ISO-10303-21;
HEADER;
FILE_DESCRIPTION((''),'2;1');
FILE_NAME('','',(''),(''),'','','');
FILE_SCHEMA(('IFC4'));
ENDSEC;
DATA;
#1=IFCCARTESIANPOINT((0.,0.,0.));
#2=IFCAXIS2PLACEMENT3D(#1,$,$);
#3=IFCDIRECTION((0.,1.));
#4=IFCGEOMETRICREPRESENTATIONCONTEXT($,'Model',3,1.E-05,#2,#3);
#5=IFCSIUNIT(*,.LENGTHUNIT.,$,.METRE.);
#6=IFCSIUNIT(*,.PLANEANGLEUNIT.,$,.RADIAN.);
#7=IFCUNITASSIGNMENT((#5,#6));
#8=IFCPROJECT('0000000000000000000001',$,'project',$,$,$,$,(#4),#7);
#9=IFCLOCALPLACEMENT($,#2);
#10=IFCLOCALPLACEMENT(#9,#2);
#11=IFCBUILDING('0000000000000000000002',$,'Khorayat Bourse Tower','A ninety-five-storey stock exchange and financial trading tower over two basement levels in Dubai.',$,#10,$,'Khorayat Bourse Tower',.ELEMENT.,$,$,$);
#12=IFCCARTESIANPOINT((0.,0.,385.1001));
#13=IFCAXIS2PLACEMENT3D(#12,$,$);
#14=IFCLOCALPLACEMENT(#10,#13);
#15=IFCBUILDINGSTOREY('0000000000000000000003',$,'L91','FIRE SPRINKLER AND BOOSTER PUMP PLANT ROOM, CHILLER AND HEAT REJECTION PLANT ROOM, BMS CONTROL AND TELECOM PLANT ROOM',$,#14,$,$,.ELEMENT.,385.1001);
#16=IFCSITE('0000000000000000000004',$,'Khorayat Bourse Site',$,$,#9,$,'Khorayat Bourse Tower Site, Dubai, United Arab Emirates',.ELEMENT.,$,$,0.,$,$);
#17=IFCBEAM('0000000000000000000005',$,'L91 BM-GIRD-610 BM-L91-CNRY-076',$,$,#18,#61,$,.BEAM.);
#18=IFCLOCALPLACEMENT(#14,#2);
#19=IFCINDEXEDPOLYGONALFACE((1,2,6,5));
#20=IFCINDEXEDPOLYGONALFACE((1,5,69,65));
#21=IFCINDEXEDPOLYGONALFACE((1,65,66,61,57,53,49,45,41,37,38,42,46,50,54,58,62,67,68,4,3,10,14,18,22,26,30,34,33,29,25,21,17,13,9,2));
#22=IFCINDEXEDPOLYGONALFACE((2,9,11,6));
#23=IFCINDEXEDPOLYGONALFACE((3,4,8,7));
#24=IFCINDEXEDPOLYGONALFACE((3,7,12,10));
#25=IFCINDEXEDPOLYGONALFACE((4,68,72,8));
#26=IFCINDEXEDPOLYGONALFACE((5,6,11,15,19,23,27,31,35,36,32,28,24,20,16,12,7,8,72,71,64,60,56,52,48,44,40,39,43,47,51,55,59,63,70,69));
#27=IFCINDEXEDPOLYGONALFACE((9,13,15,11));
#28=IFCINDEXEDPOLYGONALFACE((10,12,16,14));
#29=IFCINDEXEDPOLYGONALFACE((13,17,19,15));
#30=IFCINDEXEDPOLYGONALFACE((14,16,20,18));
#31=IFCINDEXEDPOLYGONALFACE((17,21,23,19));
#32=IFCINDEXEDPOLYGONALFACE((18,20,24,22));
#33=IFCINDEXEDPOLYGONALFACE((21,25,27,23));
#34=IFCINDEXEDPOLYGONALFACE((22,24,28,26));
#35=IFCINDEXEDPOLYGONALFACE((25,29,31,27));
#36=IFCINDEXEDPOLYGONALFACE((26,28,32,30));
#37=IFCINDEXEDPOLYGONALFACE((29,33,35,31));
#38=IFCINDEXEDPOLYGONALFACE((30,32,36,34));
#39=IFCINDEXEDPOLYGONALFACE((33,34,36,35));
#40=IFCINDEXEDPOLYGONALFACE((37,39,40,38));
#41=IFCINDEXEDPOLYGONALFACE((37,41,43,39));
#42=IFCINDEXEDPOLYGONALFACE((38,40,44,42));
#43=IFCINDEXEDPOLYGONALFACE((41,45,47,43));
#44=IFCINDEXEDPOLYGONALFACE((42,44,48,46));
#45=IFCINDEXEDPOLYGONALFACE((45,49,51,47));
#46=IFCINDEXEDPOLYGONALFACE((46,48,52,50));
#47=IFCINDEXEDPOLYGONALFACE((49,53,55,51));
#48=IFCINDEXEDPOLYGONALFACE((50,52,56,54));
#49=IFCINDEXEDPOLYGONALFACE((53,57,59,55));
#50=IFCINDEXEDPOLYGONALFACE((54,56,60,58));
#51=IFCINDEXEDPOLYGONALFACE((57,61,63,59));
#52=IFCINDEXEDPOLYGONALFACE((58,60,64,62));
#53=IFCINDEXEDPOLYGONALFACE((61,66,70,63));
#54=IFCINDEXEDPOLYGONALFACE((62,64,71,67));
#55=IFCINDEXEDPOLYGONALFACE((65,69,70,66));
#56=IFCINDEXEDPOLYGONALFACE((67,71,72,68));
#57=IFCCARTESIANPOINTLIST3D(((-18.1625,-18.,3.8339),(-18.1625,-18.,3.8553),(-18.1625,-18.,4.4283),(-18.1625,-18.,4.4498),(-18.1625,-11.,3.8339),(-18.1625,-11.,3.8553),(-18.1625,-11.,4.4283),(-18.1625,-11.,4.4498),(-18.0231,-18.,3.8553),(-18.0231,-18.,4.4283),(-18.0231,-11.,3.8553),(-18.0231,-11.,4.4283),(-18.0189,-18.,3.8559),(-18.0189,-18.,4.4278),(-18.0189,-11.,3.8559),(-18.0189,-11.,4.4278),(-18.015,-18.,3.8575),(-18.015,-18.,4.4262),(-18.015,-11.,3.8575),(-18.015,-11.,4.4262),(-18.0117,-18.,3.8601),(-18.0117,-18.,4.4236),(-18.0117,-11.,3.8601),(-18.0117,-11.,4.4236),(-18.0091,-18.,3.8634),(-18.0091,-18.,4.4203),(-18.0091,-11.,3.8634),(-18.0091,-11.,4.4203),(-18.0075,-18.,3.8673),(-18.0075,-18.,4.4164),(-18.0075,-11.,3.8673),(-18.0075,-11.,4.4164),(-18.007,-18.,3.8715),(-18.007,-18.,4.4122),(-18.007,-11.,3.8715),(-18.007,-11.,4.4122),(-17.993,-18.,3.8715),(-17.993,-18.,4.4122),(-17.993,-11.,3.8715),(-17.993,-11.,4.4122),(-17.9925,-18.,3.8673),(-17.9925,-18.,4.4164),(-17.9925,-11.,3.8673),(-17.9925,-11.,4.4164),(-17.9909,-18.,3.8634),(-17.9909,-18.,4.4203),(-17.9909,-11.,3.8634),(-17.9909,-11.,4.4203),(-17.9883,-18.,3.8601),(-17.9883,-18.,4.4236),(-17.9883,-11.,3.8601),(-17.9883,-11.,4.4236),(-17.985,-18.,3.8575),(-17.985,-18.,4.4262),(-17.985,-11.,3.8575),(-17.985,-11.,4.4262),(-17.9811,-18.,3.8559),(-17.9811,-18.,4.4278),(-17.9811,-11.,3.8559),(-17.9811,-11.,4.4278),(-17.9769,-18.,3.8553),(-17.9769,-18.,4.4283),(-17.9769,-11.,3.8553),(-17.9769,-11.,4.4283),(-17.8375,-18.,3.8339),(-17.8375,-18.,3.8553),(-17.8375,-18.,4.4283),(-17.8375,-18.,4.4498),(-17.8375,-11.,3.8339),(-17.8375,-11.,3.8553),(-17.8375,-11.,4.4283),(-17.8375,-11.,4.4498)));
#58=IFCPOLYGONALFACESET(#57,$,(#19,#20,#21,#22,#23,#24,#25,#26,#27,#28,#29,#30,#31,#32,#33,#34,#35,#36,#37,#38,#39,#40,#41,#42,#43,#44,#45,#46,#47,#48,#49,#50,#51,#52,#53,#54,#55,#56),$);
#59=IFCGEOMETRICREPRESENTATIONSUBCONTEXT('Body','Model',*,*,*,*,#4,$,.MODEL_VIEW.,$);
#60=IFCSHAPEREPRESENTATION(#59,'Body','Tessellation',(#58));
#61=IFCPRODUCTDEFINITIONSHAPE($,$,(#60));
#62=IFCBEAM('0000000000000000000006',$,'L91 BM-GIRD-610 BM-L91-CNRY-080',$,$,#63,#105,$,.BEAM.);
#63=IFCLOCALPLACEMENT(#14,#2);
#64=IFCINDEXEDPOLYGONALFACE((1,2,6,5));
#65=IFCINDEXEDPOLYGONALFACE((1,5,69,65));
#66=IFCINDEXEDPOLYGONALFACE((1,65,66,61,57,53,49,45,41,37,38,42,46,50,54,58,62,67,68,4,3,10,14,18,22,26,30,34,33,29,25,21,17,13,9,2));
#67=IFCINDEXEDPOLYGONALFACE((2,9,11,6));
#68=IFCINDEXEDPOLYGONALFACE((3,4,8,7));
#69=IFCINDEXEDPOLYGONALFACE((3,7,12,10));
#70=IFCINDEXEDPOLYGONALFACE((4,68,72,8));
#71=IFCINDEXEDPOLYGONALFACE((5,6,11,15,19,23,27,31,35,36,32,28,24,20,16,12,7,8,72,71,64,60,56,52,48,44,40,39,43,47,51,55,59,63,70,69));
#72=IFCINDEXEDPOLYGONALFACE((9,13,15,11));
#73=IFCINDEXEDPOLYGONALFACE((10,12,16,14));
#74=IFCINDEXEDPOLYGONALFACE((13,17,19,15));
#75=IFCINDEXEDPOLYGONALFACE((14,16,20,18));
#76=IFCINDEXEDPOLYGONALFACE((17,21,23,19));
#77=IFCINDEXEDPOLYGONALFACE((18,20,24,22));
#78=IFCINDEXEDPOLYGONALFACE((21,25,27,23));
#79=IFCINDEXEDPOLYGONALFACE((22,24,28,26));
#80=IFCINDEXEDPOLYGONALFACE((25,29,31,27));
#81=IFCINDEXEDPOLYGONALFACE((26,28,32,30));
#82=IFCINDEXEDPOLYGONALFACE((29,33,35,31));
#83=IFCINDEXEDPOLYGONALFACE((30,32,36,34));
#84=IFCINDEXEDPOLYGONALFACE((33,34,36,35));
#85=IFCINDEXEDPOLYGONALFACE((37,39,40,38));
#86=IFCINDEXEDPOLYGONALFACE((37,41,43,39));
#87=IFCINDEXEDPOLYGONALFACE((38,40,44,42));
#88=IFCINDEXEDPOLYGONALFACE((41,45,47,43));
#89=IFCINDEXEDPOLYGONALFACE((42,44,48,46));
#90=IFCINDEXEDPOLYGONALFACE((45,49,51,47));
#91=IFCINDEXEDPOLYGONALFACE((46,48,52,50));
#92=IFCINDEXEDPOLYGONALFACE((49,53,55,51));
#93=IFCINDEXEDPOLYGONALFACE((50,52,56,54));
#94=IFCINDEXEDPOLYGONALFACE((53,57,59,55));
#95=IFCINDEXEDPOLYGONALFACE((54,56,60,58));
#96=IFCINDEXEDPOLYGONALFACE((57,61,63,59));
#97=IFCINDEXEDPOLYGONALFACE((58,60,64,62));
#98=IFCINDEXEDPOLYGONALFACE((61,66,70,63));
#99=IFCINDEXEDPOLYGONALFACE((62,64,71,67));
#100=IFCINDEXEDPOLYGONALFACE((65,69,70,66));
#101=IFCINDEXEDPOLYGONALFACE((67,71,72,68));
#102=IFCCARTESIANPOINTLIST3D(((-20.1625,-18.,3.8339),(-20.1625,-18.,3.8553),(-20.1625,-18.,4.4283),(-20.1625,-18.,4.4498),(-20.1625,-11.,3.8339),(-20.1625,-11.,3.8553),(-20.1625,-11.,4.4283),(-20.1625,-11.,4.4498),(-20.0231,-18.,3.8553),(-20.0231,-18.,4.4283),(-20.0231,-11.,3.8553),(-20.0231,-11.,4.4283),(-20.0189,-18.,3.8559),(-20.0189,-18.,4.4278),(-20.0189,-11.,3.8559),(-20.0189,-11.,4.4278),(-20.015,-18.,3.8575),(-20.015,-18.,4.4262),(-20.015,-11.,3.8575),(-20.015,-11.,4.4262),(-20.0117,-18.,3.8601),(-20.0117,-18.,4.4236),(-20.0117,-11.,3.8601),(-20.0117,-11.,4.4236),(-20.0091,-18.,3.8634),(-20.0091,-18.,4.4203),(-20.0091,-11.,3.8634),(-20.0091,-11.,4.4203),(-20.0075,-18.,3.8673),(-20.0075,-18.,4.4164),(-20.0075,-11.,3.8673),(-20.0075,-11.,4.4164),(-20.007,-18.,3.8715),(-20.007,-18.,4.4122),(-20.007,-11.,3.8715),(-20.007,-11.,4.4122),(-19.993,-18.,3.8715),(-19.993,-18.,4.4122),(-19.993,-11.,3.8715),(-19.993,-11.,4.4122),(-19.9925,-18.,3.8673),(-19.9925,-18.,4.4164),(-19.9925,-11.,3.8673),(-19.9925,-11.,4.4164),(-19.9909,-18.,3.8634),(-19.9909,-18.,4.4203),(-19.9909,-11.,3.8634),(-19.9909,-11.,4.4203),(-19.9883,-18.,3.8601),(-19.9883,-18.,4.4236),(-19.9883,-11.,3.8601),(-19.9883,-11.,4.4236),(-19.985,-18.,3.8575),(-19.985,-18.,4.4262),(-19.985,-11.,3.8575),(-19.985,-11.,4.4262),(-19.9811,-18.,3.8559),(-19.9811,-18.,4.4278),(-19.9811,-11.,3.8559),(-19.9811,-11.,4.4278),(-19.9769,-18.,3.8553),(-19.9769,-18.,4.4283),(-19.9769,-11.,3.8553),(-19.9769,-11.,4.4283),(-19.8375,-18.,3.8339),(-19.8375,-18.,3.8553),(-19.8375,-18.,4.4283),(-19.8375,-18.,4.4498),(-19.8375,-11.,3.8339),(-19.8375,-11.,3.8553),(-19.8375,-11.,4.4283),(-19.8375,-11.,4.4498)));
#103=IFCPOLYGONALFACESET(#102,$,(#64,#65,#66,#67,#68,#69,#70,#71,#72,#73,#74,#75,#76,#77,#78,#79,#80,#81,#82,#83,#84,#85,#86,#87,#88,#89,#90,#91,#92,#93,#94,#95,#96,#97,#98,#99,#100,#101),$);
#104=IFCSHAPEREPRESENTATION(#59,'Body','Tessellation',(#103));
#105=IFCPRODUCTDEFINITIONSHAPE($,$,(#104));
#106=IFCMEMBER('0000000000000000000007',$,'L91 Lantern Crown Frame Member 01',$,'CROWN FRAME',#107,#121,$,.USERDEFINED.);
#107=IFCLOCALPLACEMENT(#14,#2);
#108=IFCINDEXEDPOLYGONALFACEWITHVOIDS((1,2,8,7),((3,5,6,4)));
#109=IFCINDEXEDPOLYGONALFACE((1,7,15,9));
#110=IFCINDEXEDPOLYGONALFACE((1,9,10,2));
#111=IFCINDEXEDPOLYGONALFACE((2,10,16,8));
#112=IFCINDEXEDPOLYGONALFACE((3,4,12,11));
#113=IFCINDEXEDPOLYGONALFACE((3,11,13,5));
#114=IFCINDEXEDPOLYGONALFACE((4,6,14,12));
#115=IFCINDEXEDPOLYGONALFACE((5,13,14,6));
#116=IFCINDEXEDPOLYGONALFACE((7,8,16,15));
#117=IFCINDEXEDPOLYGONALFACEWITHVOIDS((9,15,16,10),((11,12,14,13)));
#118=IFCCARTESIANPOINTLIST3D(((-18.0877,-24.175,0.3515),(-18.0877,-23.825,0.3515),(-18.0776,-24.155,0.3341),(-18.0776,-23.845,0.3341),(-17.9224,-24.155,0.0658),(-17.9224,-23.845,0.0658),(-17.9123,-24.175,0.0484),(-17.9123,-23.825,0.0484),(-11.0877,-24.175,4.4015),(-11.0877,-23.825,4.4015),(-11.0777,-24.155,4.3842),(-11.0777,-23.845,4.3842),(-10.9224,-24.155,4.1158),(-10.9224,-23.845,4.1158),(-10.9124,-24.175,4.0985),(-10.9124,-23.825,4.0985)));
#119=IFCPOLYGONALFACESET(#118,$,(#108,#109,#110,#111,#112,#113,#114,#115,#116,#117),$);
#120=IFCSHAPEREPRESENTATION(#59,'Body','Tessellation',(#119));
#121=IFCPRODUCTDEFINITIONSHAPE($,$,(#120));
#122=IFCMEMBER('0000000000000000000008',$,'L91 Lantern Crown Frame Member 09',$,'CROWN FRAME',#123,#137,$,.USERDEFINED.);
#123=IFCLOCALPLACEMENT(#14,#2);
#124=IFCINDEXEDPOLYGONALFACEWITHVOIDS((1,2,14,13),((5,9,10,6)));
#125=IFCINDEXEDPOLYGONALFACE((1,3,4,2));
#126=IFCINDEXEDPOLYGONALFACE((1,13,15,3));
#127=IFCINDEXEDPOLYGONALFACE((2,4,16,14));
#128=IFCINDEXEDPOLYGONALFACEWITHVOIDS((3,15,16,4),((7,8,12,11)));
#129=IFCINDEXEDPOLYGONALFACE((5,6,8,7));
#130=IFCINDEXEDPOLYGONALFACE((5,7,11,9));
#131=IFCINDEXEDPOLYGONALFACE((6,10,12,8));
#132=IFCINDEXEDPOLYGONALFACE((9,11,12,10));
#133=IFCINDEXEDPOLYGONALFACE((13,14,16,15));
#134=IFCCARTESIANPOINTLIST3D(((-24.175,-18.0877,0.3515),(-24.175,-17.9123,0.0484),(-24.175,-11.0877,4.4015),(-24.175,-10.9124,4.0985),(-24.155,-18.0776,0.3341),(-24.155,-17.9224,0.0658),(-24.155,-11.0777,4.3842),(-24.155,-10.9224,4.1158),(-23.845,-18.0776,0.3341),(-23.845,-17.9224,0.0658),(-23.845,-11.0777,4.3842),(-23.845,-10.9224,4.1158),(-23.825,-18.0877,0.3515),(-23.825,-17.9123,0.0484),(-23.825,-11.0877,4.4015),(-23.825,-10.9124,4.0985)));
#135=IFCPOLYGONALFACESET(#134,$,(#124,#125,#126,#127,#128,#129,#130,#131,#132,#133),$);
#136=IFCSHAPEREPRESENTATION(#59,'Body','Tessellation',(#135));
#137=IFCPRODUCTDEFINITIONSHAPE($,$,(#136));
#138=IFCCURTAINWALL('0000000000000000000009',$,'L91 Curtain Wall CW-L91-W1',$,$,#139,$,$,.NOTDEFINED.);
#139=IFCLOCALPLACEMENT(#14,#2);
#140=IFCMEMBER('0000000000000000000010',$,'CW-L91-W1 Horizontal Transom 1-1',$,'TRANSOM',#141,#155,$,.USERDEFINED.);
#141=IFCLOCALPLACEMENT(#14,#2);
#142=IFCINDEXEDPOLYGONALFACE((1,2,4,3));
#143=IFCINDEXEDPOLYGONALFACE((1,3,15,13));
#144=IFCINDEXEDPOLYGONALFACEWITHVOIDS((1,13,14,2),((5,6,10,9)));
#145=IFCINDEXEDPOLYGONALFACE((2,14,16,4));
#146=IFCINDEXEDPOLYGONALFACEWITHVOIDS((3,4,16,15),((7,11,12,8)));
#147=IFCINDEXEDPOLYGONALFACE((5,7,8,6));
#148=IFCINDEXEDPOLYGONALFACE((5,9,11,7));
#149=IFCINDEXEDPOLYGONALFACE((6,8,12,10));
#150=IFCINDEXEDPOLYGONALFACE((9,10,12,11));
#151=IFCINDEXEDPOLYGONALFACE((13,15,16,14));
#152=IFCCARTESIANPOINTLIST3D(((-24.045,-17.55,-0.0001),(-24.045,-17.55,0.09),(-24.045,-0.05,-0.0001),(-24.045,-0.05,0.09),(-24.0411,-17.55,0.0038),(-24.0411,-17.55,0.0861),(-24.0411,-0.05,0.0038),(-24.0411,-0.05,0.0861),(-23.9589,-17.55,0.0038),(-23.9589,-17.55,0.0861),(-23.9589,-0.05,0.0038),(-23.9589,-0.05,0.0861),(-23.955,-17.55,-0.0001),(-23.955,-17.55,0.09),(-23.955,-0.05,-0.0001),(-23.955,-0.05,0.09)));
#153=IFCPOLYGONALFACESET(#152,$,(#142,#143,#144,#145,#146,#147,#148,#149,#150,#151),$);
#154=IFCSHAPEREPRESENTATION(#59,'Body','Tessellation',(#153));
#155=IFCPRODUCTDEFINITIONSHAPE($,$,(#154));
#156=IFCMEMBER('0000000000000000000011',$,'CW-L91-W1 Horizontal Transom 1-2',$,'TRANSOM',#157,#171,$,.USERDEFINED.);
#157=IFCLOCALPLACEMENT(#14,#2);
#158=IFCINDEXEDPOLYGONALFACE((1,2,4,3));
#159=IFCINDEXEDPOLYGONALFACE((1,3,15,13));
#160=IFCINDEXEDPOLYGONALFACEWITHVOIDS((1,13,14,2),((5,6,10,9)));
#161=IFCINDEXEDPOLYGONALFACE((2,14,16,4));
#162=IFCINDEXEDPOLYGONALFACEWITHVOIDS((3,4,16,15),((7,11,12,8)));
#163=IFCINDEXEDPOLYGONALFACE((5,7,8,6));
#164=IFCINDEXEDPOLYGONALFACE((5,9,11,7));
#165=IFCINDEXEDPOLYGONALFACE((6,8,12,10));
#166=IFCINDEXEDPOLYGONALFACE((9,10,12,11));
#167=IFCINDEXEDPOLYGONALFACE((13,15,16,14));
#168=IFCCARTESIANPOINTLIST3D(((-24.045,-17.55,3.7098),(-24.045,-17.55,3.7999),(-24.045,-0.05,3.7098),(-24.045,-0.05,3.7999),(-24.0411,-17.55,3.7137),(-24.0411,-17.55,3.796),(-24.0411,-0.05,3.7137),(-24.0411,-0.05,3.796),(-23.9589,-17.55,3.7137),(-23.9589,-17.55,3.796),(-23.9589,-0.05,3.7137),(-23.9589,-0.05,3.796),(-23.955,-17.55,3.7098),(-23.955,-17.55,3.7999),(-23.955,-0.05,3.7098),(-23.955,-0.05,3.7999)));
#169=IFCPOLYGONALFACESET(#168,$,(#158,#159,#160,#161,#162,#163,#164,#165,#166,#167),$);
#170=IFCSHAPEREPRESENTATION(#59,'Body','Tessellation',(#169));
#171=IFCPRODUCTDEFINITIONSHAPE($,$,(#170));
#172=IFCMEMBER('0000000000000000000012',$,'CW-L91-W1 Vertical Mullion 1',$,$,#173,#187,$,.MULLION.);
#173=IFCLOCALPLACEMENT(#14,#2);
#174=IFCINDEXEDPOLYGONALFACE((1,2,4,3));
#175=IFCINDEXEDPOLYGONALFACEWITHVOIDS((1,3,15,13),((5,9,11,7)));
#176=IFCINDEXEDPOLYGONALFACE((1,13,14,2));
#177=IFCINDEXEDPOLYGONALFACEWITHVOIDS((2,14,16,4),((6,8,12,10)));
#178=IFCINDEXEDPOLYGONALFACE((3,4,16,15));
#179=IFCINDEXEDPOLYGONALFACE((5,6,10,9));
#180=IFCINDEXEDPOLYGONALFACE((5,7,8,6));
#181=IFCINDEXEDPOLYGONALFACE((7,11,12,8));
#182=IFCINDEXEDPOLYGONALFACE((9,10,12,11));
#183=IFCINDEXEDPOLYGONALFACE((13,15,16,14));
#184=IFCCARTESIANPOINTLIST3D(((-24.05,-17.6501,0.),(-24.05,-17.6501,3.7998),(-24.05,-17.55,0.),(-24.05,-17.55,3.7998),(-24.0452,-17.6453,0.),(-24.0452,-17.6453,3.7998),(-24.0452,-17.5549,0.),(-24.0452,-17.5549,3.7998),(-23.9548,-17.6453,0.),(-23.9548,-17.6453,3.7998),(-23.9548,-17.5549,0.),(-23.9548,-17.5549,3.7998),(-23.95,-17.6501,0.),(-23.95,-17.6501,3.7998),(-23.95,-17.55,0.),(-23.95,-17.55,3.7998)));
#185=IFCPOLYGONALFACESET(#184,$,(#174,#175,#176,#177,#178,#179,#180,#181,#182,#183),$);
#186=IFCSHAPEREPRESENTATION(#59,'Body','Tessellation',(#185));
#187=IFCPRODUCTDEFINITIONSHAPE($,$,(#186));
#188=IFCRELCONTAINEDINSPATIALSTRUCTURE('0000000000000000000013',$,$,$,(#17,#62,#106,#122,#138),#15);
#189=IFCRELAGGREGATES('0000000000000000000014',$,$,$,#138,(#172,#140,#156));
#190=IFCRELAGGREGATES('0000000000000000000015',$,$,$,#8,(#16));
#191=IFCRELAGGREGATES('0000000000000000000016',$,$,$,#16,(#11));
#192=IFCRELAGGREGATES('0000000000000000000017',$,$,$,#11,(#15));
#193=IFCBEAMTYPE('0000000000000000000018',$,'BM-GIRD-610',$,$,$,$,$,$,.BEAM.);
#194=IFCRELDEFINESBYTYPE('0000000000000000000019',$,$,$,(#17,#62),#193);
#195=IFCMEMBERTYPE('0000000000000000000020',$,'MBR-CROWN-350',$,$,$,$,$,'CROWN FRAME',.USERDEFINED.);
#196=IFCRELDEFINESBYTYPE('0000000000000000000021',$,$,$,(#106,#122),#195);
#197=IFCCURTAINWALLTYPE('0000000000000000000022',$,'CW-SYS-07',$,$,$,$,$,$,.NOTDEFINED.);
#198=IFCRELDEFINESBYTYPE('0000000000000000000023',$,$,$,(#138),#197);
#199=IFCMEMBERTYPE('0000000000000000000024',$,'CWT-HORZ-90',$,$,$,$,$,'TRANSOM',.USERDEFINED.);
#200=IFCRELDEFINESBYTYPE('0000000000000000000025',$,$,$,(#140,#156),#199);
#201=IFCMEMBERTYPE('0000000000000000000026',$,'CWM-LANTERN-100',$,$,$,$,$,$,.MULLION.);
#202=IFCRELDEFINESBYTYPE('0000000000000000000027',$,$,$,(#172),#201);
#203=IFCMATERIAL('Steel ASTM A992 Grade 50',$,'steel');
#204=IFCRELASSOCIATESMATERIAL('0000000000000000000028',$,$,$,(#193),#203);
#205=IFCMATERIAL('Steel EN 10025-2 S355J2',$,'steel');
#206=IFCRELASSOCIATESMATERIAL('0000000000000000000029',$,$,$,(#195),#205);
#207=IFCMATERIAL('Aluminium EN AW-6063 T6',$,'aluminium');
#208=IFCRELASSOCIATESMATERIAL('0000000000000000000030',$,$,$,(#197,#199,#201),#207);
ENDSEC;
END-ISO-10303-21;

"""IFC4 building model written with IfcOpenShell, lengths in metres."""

from ifc_helpers import new_model, si_unit, direction, frame, origin, origin_2d, place, context, subcontext, project, spatial, hollow_rectangle, i_section, extrude, source, transform, mapped, material, material_profile, profile_set, type_object, element, aggregate, save


model = new_model("IFC4")

# Units and contexts
model_context = context("Model", 3, precision=1e-05, world=origin(), true_north=direction((0.0, 1.0)))
body_context = subcontext(model_context, "Body", "Model", "MODEL_VIEW")
ifc_project = project(units=[si_unit("LENGTHUNIT", "METRE"), si_unit("PLANEANGLEUNIT", "RADIAN")], contexts=[model_context])

# Site, building, storey
site_placement = place(None, origin())
site = spatial("IfcSite", under=ifc_project, at=site_placement, Name="Khorayat Bourse Site", LongName="Khorayat Bourse Tower Site, Dubai, United Arab Emirates", CompositionType="ELEMENT", RefElevation=0.0)
building_placement = place(site_placement, origin())
building = spatial("IfcBuilding", under=site, at=building_placement, Name="Khorayat Bourse Tower", Description="A ninety-five-storey stock exchange and financial trading tower over two basement levels in Dubai.", LongName="Khorayat Bourse Tower", CompositionType="ELEMENT")
storey_placement = place(building_placement, frame((0.0, 0.0, 385.1001)))
storey = spatial("IfcBuildingStorey", under=building, at=storey_placement, Name="L91", Description="FIRE SPRINKLER AND BOOSTER PUMP PLANT ROOM, CHILLER AND HEAT REJECTION PLANT ROOM, BMS CONTROL AND TELECOM PLANT ROOM", CompositionType="ELEMENT", Elevation=385.1001)

# Shared definitions
ifc_material_1 = material(Name="Steel EN 10025-2 S355J2", Category="steel")

# Beams
ifc_material_2 = material(Name="Steel ASTM A992 Grade 50", Category="steel")
ifc_material_profile_1 = material_profile(ifc_material_2, i_section(OverallWidth=0.325, OverallDepth=0.616, WebThickness=0.0139, FlangeThickness=0.0215, FilletRadius=0.0161, at=origin_2d()), Name="W610X174")
ifc_profile_set_1 = profile_set([ifc_material_profile_1], Name="Steel ASTM A992 Grade 50")
beam_type_1 = type_object("IfcBeamType", Name="BM-GIRD-610", PredefinedType="BEAM", material=ifc_profile_set_1)
shared_shape_1 = source(origin(), body_context, "Body", "SweptSolid", [
    extrude(i_section(OverallWidth=0.325, OverallDepth=0.616, WebThickness=0.0139, FlangeThickness=0.0215, FilletRadius=0.0161, at=origin_2d()), origin(), (0.0, 0.0, 1.0), 7.0),
])
for number, where, z_axis, x_axis, name in (
    (1, (-18.0, -18.0, 4.1418), (0.0, 1.0, 0.0), (-1.0, 0.0, 0.0), "L91 BM-GIRD-610 BM-L91-CNRY-076"),
    (2, (-20.0, -18.0, 4.1418), (0.0, 1.0, 0.0), (-1.0, 0.0, 0.0), "L91 BM-GIRD-610 BM-L91-CNRY-080"),
):
    element("IfcBeam", number, at=place(storey_placement, frame(where, z_axis=z_axis, x_axis=x_axis)), inside=storey, type_object=beam_type_1, Name=name, PredefinedType="BEAM", context=body_context, shape_type="MappedRepresentation", body=[
        mapped(shared_shape_1, transform((0.0, 0.0, 0.0), scale=1.0)),
    ])

# Members
ifc_material_profile_2 = material_profile(ifc_material_1, hollow_rectangle(XDim=0.3501, YDim=0.3501, WallThickness=0.02, at=origin_2d()), Name="HSS 350x350x20")
ifc_profile_set_2 = profile_set([ifc_material_profile_2], Name="Steel EN 10025-2 S355J2")
member_type_1 = type_object("IfcMemberType", Name="MBR-CROWN-350", ElementType="CROWN FRAME", PredefinedType="USERDEFINED", material=ifc_profile_set_2)
shared_shape_2 = source(origin(), body_context, "Body", "SweptSolid", [
    extrude(hollow_rectangle(XDim=0.3501, YDim=0.3501, WallThickness=0.02, at=origin_2d()), origin(), (0.0, 0.0, 1.0), 8.0872),
])
for number, where, z_axis, x_axis, name in (
    (3, (-18.0, -24.0, 0.2), (0.865565, 0.0, 0.500797), (0.0, 1.0, 0.0), "L91 Lantern Crown Frame Member 01"),
    (4, (-24.0, -18.0, 0.2), (0.0, 0.865565, 0.500797), (-1.0, 0.0, 0.0), "L91 Lantern Crown Frame Member 09"),
):
    element("IfcMember", number, at=place(storey_placement, frame(where, z_axis=z_axis, x_axis=x_axis)), inside=storey, type_object=member_type_1, Name=name, ObjectType="CROWN FRAME", PredefinedType="USERDEFINED", context=body_context, shape_type="MappedRepresentation", body=[
        mapped(shared_shape_2, transform((0.0, 0.0, 0.0), scale=1.0)),
    ])

# Curtain wall, members
ifc_material_3 = material(Name="Aluminium EN AW-6063 T6", Category="aluminium")
curtain_wall_type = type_object("IfcCurtainWallType", Name="CW-SYS-07", PredefinedType="NOTDEFINED", material=ifc_material_3)
curtain_wall_placement = place(storey_placement, origin())
curtain_wall = element("IfcCurtainWall", 5, at=curtain_wall_placement, inside=storey, type_object=curtain_wall_type, Name="L91 Curtain Wall CW-L91-W1", PredefinedType="NOTDEFINED")
ifc_material_profile_3 = material_profile(ifc_material_3, hollow_rectangle(XDim=0.0901, YDim=0.0901, WallThickness=0.0039, at=origin_2d()), Name="ALU 90x90x4")
ifc_profile_set_3 = profile_set([ifc_material_profile_3], Name="Aluminium EN AW-6063 T6")
member_type_2 = type_object("IfcMemberType", Name="CWT-HORZ-90", ElementType="TRANSOM", PredefinedType="USERDEFINED", material=ifc_profile_set_3)
shared_shape_3 = source(origin(), body_context, "Body", "SweptSolid", [
    extrude(hollow_rectangle(XDim=0.0901, YDim=0.0901, WallThickness=0.0039, at=origin_2d()), origin(), (0.0, 0.0, 1.0), 17.5),
])
member_1_placement = place(storey_placement, frame((-24.0, -17.55, 0.0449), z_axis=(0.0, 1.0, 0.0), x_axis=(-1.0, 0.0, 0.0)))
member_1 = element("IfcMember", 6, at=member_1_placement, type_object=member_type_2, Name="CW-L91-W1 Horizontal Transom 1-1", ObjectType="TRANSOM", PredefinedType="USERDEFINED", context=body_context, shape_type="MappedRepresentation", body=[
    mapped(shared_shape_3, transform((0.0, 0.0, 0.0), scale=1.0)),
])
member_2_placement = place(storey_placement, frame((-24.0, -17.55, 3.7549), z_axis=(0.0, 1.0, 0.0), x_axis=(-1.0, 0.0, 0.0)))
member_2 = element("IfcMember", 7, at=member_2_placement, type_object=member_type_2, Name="CW-L91-W1 Horizontal Transom 1-2", ObjectType="TRANSOM", PredefinedType="USERDEFINED", context=body_context, shape_type="MappedRepresentation", body=[
    mapped(shared_shape_3, transform((0.0, 0.0, 0.0), scale=1.0)),
])
ifc_material_profile_4 = material_profile(ifc_material_3, hollow_rectangle(XDim=0.1001, YDim=0.1001, WallThickness=0.0049, at=origin_2d()), Name="ALU 100x100x5")
ifc_profile_set_4 = profile_set([ifc_material_profile_4], Name="Aluminium EN AW-6063 T6")
member_type_3 = type_object("IfcMemberType", Name="CWM-LANTERN-100", PredefinedType="MULLION", material=ifc_profile_set_4)
shared_shape_4 = source(origin(), body_context, "Body", "SweptSolid", [
    extrude(hollow_rectangle(XDim=0.1001, YDim=0.1001, WallThickness=0.0049, at=origin_2d()), origin(), (0.0, 0.0, 1.0), 3.7998),
])
member_3_placement = place(storey_placement, frame((-24.0, -17.6001, 0.0), z_axis=(0.0, 0.0, 1.0), x_axis=(-1.0, 0.0, 0.0)))
member_3 = element("IfcMember", 8, at=member_3_placement, type_object=member_type_3, Name="CW-L91-W1 Vertical Mullion 1", PredefinedType="MULLION", context=body_context, shape_type="MappedRepresentation", body=[
    mapped(shared_shape_4, transform((0.0, 0.0, 0.0), scale=1.0)),
])
aggregate(curtain_wall, [member_3, member_1, member_2])

save(model, "model.ifc")
